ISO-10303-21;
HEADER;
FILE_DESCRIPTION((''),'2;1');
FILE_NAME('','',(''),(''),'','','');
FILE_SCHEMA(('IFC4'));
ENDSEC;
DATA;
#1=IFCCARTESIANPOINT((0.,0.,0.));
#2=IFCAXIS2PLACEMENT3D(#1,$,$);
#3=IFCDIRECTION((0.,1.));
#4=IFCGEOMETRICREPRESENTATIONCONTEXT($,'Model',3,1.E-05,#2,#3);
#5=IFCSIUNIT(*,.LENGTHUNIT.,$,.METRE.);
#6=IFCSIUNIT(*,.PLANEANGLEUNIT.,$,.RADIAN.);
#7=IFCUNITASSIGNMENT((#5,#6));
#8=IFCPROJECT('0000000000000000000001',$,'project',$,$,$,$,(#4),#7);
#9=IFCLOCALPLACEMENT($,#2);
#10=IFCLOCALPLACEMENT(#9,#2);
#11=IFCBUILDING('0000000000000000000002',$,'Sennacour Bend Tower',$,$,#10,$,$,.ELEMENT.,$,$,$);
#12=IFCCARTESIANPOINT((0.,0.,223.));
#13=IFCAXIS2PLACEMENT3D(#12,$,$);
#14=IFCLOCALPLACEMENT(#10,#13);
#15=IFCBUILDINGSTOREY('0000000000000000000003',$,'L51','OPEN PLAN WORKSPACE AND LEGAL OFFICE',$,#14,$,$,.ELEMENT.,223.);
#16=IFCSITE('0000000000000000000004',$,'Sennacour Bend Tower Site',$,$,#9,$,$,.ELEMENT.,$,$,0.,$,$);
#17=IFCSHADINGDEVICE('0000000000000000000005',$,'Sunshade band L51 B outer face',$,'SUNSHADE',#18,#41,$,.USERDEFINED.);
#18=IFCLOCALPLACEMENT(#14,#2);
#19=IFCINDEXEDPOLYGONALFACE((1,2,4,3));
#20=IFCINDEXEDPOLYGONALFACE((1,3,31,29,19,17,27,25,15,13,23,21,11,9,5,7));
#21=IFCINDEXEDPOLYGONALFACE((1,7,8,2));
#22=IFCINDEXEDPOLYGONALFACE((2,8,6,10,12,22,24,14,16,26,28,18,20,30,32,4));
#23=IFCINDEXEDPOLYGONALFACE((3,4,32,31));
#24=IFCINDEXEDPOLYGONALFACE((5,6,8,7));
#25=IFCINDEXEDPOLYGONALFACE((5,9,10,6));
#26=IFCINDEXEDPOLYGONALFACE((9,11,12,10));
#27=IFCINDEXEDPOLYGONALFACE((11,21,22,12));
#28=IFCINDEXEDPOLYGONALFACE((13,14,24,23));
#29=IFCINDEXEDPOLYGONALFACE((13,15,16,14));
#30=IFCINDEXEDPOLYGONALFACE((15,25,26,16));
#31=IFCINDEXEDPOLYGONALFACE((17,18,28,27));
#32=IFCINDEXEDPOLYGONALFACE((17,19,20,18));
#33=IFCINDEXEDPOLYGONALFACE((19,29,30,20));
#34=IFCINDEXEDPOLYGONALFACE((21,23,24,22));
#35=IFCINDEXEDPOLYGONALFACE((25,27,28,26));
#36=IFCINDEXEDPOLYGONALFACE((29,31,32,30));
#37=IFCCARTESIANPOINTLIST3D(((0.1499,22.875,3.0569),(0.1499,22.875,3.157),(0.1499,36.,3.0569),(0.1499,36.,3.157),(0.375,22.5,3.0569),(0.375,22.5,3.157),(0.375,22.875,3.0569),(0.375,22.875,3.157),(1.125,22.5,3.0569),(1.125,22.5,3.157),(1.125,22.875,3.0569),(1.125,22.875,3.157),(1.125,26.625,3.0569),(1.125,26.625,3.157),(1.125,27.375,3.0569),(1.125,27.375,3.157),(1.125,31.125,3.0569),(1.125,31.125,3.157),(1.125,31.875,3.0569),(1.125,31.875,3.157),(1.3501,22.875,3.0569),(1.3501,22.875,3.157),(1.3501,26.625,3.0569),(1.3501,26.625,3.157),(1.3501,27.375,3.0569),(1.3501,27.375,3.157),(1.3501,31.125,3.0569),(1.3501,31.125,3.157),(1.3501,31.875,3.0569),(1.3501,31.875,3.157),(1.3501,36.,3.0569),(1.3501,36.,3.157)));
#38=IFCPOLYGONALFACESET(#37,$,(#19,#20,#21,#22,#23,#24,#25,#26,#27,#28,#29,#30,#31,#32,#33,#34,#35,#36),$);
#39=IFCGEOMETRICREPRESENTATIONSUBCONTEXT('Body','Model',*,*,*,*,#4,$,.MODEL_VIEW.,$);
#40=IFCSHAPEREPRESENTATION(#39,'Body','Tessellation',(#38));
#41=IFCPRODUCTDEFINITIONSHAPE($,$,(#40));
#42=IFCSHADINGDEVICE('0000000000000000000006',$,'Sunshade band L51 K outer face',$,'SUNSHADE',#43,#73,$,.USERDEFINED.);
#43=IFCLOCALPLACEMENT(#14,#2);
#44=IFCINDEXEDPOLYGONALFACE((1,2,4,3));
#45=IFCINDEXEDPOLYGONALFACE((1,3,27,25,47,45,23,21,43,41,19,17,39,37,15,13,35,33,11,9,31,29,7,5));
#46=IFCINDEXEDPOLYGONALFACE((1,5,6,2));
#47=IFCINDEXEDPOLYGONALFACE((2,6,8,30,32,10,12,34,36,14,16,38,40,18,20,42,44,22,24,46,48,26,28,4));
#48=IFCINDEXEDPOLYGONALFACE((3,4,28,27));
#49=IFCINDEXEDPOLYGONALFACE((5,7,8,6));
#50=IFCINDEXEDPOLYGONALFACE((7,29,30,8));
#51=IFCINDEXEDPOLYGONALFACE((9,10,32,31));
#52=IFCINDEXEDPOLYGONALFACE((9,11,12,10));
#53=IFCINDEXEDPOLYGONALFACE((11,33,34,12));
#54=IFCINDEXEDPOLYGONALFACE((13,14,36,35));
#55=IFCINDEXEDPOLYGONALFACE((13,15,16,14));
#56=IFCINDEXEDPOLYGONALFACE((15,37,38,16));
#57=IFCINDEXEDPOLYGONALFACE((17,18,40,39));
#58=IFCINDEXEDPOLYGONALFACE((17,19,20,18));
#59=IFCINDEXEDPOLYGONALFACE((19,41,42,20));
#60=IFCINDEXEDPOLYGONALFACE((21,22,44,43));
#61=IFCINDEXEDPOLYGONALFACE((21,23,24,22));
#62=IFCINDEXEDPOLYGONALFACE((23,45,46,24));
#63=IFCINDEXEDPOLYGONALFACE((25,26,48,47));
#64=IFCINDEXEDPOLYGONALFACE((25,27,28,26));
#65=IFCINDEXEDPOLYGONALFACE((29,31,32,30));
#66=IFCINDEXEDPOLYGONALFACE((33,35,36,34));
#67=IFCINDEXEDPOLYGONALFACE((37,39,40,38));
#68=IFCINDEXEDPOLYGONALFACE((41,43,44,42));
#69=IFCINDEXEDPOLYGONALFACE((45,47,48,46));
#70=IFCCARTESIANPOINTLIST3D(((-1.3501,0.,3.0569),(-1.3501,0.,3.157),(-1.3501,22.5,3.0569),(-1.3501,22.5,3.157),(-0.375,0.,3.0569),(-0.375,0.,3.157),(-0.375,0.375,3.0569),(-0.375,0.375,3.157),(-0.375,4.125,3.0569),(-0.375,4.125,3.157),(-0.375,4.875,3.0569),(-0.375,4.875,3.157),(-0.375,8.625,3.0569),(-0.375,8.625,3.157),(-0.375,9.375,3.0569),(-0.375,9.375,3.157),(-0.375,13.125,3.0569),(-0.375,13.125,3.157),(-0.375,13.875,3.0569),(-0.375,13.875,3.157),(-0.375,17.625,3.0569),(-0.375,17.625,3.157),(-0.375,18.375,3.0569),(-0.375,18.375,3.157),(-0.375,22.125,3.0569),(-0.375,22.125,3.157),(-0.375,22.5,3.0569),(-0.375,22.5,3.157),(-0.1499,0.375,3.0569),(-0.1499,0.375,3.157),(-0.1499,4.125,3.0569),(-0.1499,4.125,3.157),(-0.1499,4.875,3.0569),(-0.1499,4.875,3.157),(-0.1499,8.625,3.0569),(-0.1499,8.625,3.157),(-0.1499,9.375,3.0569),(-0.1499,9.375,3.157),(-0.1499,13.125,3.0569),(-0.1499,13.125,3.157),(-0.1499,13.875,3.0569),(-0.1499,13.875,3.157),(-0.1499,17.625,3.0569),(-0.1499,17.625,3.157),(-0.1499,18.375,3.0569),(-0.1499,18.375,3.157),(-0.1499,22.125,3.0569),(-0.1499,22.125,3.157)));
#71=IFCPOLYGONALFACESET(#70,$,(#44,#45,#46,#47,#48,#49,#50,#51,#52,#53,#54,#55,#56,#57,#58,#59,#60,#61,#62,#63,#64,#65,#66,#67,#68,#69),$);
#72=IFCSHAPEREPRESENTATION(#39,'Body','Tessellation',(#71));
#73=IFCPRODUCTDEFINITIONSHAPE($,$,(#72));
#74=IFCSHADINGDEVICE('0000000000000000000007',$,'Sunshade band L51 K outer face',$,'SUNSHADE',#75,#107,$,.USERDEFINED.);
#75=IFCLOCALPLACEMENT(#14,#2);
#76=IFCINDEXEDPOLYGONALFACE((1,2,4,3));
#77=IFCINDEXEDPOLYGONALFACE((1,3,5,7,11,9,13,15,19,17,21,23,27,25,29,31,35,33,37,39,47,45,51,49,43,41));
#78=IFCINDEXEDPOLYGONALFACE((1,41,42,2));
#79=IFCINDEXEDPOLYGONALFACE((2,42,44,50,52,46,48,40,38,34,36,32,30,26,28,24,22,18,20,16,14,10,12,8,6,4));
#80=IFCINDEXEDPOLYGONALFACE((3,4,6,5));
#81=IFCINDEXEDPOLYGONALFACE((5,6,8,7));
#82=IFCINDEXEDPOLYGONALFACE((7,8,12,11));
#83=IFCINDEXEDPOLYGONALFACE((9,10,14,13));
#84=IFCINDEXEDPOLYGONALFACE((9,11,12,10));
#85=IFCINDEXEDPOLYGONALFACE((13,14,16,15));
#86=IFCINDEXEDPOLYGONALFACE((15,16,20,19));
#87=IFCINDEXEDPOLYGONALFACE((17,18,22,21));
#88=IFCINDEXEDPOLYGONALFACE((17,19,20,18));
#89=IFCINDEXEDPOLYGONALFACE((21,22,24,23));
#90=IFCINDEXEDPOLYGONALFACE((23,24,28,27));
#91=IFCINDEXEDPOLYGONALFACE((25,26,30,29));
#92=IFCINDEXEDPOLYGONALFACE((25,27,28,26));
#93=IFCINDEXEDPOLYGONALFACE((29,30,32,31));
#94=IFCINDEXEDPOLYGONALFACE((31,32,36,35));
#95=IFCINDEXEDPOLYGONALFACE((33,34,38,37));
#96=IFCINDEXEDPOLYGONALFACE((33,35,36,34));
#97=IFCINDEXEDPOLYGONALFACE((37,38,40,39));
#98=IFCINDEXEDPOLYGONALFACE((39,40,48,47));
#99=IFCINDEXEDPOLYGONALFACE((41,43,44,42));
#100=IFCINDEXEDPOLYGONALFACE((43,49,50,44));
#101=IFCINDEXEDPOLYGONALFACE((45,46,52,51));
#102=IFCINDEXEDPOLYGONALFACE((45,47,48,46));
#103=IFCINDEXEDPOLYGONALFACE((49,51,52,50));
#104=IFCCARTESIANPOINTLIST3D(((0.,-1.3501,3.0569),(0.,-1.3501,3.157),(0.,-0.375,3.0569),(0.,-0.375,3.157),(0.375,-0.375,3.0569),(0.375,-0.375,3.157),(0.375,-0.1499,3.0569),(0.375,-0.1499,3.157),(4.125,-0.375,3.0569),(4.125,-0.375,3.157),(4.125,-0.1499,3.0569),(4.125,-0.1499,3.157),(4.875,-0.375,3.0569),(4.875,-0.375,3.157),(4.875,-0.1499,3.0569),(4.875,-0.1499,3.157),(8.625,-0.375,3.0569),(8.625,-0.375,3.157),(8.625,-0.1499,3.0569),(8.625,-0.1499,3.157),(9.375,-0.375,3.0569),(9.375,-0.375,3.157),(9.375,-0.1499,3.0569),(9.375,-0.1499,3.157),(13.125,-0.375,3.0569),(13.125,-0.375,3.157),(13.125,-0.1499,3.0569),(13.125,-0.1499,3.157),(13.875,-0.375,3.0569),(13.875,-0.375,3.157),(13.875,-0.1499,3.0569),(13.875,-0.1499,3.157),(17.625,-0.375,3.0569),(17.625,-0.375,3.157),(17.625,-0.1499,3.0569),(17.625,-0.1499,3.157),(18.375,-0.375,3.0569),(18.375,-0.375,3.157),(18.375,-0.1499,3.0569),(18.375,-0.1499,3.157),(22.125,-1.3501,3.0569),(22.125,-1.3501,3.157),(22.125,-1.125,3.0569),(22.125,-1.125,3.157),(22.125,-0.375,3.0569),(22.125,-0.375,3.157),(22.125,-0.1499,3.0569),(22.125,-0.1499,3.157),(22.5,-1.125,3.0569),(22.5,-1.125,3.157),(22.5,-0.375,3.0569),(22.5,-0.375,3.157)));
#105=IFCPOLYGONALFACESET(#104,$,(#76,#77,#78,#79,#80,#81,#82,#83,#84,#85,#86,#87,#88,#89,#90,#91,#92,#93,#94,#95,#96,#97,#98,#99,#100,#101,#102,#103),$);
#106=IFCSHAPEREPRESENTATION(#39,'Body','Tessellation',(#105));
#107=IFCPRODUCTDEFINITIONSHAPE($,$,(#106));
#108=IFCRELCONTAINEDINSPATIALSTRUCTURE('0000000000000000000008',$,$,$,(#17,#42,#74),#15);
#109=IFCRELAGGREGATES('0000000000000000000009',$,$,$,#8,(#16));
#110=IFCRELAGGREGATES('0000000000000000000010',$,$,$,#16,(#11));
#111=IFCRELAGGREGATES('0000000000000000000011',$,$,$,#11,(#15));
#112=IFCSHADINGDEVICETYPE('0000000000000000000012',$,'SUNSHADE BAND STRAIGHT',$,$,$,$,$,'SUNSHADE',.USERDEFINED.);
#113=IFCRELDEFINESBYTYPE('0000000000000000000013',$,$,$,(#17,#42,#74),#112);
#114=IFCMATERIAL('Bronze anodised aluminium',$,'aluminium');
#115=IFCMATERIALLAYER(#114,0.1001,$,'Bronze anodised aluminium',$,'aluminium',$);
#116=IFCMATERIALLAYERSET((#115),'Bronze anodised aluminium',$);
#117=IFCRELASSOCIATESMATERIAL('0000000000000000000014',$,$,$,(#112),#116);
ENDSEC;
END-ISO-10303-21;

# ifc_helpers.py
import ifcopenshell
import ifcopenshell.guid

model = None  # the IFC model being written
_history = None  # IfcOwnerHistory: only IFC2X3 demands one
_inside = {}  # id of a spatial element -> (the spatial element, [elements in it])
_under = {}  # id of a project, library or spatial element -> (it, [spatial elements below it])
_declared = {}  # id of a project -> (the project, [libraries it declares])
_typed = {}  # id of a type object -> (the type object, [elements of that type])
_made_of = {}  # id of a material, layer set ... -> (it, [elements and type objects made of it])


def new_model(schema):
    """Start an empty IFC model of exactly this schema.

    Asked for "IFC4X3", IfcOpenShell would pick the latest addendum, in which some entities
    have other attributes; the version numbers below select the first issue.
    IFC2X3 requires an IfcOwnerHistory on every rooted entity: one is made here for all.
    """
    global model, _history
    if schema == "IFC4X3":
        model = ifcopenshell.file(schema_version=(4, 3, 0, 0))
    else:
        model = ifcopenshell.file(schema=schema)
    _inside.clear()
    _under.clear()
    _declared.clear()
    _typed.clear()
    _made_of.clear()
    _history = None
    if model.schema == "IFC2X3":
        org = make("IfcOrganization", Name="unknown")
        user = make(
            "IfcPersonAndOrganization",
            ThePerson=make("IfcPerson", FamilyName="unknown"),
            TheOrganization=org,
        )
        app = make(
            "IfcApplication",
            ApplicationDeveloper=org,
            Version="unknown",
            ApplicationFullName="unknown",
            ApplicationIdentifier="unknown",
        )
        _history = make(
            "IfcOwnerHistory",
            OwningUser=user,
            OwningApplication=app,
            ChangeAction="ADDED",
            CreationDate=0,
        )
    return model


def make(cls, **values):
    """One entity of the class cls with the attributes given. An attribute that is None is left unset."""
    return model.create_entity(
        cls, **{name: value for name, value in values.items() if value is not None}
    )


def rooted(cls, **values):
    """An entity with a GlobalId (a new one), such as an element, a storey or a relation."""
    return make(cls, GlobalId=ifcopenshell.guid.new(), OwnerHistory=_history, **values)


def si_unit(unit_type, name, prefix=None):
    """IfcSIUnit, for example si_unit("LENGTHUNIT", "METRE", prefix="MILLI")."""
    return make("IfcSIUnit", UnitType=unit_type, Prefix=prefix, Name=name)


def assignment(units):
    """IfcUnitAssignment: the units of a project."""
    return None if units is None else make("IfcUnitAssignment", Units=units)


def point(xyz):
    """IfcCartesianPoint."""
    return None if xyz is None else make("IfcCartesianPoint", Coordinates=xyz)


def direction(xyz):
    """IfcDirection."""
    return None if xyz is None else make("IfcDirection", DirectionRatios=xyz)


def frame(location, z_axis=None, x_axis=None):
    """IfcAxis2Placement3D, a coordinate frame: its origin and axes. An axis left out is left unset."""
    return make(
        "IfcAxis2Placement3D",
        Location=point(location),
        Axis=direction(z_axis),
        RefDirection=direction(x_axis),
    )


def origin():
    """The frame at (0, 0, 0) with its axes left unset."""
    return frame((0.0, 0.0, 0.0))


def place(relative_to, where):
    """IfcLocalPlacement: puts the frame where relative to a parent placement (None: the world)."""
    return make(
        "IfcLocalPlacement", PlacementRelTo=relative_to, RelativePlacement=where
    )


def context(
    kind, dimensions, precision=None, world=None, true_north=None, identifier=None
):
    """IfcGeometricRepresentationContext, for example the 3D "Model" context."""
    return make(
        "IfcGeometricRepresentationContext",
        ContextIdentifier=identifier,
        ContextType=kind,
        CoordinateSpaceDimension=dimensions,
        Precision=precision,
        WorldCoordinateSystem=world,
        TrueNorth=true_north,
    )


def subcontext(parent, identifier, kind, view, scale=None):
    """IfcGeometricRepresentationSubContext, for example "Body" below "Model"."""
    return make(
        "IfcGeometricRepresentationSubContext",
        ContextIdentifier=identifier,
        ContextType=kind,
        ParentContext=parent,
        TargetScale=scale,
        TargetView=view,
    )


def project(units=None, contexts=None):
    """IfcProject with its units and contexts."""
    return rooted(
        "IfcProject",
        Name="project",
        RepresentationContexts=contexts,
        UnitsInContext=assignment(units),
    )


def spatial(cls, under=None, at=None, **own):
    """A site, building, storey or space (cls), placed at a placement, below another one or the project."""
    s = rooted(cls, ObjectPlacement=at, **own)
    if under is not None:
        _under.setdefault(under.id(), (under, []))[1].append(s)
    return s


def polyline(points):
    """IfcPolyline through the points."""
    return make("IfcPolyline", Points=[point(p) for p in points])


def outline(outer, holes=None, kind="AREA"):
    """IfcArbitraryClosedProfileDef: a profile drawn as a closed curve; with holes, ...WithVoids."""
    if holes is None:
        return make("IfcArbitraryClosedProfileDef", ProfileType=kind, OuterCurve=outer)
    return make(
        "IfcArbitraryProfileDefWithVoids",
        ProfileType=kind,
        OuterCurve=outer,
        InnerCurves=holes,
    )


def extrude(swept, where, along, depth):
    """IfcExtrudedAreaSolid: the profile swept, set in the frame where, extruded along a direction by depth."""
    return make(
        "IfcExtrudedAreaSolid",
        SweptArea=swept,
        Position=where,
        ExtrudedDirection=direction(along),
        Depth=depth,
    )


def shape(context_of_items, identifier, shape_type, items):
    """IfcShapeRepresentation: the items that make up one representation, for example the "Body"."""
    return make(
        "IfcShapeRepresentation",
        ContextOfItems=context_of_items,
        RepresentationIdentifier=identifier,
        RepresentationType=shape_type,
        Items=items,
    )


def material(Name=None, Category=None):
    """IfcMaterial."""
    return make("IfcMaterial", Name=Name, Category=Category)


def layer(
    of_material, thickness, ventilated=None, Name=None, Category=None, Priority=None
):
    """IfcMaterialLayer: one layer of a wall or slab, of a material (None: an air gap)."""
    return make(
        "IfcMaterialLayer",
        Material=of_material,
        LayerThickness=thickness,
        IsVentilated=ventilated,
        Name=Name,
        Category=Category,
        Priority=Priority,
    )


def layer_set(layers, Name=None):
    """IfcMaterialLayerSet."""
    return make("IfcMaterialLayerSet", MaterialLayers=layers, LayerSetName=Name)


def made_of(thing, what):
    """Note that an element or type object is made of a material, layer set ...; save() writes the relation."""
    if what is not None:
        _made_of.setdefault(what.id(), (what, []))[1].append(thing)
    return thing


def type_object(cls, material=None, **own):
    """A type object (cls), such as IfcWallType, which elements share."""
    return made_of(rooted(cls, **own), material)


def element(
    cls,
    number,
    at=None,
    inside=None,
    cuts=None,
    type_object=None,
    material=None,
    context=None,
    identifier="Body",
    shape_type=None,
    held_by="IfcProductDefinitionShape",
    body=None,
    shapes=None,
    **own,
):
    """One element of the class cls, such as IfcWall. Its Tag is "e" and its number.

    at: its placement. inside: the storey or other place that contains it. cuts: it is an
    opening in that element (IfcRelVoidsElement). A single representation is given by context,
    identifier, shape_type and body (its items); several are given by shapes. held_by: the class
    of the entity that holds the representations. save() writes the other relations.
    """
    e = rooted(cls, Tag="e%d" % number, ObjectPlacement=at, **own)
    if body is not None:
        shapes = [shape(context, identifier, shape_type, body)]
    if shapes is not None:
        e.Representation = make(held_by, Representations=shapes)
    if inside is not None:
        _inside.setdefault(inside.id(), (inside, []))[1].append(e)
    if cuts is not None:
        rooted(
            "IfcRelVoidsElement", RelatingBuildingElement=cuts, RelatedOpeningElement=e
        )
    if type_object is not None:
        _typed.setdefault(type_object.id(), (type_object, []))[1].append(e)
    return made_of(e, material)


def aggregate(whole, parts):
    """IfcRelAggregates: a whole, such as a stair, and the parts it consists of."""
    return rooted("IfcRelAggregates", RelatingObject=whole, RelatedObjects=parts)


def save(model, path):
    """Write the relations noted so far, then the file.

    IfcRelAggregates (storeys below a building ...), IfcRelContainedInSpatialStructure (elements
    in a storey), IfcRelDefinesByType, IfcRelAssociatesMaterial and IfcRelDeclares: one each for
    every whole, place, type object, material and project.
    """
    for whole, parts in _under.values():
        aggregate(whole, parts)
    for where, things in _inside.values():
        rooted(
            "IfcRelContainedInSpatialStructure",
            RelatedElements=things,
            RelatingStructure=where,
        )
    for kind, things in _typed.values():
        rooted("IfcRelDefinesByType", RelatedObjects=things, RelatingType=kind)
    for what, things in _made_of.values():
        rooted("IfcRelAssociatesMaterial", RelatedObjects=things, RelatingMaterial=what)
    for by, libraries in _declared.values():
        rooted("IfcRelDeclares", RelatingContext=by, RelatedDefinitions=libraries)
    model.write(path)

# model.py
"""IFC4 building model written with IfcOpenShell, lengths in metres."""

from ifc_helpers import new_model, si_unit, direction, frame, origin, place, context, subcontext, project, spatial, polyline, outline, extrude, material, layer, layer_set, type_object, element, save


model = new_model("IFC4")

# Units and contexts
model_context = context("Model", 3, precision=1e-05, world=origin(), true_north=direction((0.0, 1.0)))
body_context = subcontext(model_context, "Body", "Model", "MODEL_VIEW")
ifc_project = project(units=[si_unit("LENGTHUNIT", "METRE"), si_unit("PLANEANGLEUNIT", "RADIAN")], contexts=[model_context])

# Site, building, storey
site_placement = place(None, origin())
site = spatial("IfcSite", under=ifc_project, at=site_placement, Name="Sennacour Bend Tower Site", CompositionType="ELEMENT", RefElevation=0.0)
building_placement = place(site_placement, origin())
building = spatial("IfcBuilding", under=site, at=building_placement, Name="Sennacour Bend Tower", CompositionType="ELEMENT")
storey_placement = place(building_placement, frame((0.0, 0.0, 223.0)))
storey = spatial("IfcBuildingStorey", under=building, at=storey_placement, Name="L51", Description="OPEN PLAN WORKSPACE AND LEGAL OFFICE", CompositionType="ELEMENT", Elevation=223.0)

# Shading devices
ifc_material_1 = material(Name="Bronze anodised aluminium", Category="aluminium")
ifc_layer_1 = layer(ifc_material_1, 0.1001, Name="Bronze anodised aluminium", Category="aluminium")
ifc_layer_set_1 = layer_set([ifc_layer_1], Name="Bronze anodised aluminium")
shading_device_type_1 = type_object("IfcShadingDeviceType", Name="SUNSHADE BAND STRAIGHT", ElementType="SUNSHADE", PredefinedType="USERDEFINED", material=ifc_layer_set_1)
shading_device_1_placement = place(storey_placement, frame((0.0, 0.0, 3.0569)))
element("IfcShadingDevice", 1, at=shading_device_1_placement, inside=storey, type_object=shading_device_type_1, Name="Sunshade band L51 B outer face", ObjectType="SUNSHADE", PredefinedType="USERDEFINED", context=body_context, shape_type="SweptSolid", body=[
    extrude(outline(polyline([(1.3501, 31.875), (1.125, 31.875), (1.125, 31.125), (1.3501, 31.125), (1.3501, 27.375), (1.125, 27.375), (1.125, 26.625), (1.3501, 26.625), (1.3501, 22.875), (1.125, 22.875), (1.125, 22.5), (0.375, 22.5), (0.375, 22.875), (0.1499, 22.875), (0.1499, 36.0), (1.3501, 36.0), (1.3501, 31.875)])), origin(), (0.0, 0.0, 1.0), 0.1001),
])
shading_device_2_placement = place(storey_placement, frame((0.0, 0.0, 3.0569)))
element("IfcShadingDevice", 2, at=shading_device_2_placement, inside=storey, type_object=shading_device_type_1, Name="Sunshade band L51 K outer face", ObjectType="SUNSHADE", PredefinedType="USERDEFINED", context=body_context, shape_type="SweptSolid", body=[
    extrude(outline(polyline([(-0.1499, 18.375), (-0.375, 18.375), (-0.375, 17.625), (-0.1499, 17.625), (-0.1499, 13.875), (-0.375, 13.875), (-0.375, 13.125), (-0.1499, 13.125), (-0.1499, 9.375), (-0.375, 9.375), (-0.375, 8.625), (-0.1499, 8.625), (-0.1499, 4.875), (-0.375, 4.875), (-0.375, 4.125), (-0.1499, 4.125), (-0.1499, 0.375), (-0.375, 0.375), (-0.375, 0.0), (-1.3501, 0.0), (-1.3501, 22.5), (-0.375, 22.5), (-0.375, 22.125), (-0.1499, 22.125), (-0.1499, 18.375)])), origin(), (0.0, 0.0, 1.0), 0.1001),
])
shading_device_3_placement = place(storey_placement, frame((0.0, 0.0, 3.0569)))
element("IfcShadingDevice", 3, at=shading_device_3_placement, inside=storey, type_object=shading_device_type_1, Name="Sunshade band L51 K outer face", ObjectType="SUNSHADE", PredefinedType="USERDEFINED", context=body_context, shape_type="SweptSolid", body=[
    extrude(outline(polyline([(4.125, -0.1499), (4.125, -0.375), (4.875, -0.375), (4.875, -0.1499), (8.625, -0.1499), (8.625, -0.375), (9.375, -0.375), (9.375, -0.1499), (13.125, -0.1499), (13.125, -0.375), (13.875, -0.375), (13.875, -0.1499), (17.625, -0.1499), (17.625, -0.375), (18.375, -0.375), (18.375, -0.1499), (22.125, -0.1499), (22.125, -0.375), (22.5, -0.375), (22.5, -1.125), (22.125, -1.125), (22.125, -1.3501), (0.0, -1.3501), (0.0, -0.375), (0.375, -0.375), (0.375, -0.1499), (4.125, -0.1499)])), origin(), (0.0, 0.0, 1.0), 0.1001),
])

save(model, "model.ifc")
